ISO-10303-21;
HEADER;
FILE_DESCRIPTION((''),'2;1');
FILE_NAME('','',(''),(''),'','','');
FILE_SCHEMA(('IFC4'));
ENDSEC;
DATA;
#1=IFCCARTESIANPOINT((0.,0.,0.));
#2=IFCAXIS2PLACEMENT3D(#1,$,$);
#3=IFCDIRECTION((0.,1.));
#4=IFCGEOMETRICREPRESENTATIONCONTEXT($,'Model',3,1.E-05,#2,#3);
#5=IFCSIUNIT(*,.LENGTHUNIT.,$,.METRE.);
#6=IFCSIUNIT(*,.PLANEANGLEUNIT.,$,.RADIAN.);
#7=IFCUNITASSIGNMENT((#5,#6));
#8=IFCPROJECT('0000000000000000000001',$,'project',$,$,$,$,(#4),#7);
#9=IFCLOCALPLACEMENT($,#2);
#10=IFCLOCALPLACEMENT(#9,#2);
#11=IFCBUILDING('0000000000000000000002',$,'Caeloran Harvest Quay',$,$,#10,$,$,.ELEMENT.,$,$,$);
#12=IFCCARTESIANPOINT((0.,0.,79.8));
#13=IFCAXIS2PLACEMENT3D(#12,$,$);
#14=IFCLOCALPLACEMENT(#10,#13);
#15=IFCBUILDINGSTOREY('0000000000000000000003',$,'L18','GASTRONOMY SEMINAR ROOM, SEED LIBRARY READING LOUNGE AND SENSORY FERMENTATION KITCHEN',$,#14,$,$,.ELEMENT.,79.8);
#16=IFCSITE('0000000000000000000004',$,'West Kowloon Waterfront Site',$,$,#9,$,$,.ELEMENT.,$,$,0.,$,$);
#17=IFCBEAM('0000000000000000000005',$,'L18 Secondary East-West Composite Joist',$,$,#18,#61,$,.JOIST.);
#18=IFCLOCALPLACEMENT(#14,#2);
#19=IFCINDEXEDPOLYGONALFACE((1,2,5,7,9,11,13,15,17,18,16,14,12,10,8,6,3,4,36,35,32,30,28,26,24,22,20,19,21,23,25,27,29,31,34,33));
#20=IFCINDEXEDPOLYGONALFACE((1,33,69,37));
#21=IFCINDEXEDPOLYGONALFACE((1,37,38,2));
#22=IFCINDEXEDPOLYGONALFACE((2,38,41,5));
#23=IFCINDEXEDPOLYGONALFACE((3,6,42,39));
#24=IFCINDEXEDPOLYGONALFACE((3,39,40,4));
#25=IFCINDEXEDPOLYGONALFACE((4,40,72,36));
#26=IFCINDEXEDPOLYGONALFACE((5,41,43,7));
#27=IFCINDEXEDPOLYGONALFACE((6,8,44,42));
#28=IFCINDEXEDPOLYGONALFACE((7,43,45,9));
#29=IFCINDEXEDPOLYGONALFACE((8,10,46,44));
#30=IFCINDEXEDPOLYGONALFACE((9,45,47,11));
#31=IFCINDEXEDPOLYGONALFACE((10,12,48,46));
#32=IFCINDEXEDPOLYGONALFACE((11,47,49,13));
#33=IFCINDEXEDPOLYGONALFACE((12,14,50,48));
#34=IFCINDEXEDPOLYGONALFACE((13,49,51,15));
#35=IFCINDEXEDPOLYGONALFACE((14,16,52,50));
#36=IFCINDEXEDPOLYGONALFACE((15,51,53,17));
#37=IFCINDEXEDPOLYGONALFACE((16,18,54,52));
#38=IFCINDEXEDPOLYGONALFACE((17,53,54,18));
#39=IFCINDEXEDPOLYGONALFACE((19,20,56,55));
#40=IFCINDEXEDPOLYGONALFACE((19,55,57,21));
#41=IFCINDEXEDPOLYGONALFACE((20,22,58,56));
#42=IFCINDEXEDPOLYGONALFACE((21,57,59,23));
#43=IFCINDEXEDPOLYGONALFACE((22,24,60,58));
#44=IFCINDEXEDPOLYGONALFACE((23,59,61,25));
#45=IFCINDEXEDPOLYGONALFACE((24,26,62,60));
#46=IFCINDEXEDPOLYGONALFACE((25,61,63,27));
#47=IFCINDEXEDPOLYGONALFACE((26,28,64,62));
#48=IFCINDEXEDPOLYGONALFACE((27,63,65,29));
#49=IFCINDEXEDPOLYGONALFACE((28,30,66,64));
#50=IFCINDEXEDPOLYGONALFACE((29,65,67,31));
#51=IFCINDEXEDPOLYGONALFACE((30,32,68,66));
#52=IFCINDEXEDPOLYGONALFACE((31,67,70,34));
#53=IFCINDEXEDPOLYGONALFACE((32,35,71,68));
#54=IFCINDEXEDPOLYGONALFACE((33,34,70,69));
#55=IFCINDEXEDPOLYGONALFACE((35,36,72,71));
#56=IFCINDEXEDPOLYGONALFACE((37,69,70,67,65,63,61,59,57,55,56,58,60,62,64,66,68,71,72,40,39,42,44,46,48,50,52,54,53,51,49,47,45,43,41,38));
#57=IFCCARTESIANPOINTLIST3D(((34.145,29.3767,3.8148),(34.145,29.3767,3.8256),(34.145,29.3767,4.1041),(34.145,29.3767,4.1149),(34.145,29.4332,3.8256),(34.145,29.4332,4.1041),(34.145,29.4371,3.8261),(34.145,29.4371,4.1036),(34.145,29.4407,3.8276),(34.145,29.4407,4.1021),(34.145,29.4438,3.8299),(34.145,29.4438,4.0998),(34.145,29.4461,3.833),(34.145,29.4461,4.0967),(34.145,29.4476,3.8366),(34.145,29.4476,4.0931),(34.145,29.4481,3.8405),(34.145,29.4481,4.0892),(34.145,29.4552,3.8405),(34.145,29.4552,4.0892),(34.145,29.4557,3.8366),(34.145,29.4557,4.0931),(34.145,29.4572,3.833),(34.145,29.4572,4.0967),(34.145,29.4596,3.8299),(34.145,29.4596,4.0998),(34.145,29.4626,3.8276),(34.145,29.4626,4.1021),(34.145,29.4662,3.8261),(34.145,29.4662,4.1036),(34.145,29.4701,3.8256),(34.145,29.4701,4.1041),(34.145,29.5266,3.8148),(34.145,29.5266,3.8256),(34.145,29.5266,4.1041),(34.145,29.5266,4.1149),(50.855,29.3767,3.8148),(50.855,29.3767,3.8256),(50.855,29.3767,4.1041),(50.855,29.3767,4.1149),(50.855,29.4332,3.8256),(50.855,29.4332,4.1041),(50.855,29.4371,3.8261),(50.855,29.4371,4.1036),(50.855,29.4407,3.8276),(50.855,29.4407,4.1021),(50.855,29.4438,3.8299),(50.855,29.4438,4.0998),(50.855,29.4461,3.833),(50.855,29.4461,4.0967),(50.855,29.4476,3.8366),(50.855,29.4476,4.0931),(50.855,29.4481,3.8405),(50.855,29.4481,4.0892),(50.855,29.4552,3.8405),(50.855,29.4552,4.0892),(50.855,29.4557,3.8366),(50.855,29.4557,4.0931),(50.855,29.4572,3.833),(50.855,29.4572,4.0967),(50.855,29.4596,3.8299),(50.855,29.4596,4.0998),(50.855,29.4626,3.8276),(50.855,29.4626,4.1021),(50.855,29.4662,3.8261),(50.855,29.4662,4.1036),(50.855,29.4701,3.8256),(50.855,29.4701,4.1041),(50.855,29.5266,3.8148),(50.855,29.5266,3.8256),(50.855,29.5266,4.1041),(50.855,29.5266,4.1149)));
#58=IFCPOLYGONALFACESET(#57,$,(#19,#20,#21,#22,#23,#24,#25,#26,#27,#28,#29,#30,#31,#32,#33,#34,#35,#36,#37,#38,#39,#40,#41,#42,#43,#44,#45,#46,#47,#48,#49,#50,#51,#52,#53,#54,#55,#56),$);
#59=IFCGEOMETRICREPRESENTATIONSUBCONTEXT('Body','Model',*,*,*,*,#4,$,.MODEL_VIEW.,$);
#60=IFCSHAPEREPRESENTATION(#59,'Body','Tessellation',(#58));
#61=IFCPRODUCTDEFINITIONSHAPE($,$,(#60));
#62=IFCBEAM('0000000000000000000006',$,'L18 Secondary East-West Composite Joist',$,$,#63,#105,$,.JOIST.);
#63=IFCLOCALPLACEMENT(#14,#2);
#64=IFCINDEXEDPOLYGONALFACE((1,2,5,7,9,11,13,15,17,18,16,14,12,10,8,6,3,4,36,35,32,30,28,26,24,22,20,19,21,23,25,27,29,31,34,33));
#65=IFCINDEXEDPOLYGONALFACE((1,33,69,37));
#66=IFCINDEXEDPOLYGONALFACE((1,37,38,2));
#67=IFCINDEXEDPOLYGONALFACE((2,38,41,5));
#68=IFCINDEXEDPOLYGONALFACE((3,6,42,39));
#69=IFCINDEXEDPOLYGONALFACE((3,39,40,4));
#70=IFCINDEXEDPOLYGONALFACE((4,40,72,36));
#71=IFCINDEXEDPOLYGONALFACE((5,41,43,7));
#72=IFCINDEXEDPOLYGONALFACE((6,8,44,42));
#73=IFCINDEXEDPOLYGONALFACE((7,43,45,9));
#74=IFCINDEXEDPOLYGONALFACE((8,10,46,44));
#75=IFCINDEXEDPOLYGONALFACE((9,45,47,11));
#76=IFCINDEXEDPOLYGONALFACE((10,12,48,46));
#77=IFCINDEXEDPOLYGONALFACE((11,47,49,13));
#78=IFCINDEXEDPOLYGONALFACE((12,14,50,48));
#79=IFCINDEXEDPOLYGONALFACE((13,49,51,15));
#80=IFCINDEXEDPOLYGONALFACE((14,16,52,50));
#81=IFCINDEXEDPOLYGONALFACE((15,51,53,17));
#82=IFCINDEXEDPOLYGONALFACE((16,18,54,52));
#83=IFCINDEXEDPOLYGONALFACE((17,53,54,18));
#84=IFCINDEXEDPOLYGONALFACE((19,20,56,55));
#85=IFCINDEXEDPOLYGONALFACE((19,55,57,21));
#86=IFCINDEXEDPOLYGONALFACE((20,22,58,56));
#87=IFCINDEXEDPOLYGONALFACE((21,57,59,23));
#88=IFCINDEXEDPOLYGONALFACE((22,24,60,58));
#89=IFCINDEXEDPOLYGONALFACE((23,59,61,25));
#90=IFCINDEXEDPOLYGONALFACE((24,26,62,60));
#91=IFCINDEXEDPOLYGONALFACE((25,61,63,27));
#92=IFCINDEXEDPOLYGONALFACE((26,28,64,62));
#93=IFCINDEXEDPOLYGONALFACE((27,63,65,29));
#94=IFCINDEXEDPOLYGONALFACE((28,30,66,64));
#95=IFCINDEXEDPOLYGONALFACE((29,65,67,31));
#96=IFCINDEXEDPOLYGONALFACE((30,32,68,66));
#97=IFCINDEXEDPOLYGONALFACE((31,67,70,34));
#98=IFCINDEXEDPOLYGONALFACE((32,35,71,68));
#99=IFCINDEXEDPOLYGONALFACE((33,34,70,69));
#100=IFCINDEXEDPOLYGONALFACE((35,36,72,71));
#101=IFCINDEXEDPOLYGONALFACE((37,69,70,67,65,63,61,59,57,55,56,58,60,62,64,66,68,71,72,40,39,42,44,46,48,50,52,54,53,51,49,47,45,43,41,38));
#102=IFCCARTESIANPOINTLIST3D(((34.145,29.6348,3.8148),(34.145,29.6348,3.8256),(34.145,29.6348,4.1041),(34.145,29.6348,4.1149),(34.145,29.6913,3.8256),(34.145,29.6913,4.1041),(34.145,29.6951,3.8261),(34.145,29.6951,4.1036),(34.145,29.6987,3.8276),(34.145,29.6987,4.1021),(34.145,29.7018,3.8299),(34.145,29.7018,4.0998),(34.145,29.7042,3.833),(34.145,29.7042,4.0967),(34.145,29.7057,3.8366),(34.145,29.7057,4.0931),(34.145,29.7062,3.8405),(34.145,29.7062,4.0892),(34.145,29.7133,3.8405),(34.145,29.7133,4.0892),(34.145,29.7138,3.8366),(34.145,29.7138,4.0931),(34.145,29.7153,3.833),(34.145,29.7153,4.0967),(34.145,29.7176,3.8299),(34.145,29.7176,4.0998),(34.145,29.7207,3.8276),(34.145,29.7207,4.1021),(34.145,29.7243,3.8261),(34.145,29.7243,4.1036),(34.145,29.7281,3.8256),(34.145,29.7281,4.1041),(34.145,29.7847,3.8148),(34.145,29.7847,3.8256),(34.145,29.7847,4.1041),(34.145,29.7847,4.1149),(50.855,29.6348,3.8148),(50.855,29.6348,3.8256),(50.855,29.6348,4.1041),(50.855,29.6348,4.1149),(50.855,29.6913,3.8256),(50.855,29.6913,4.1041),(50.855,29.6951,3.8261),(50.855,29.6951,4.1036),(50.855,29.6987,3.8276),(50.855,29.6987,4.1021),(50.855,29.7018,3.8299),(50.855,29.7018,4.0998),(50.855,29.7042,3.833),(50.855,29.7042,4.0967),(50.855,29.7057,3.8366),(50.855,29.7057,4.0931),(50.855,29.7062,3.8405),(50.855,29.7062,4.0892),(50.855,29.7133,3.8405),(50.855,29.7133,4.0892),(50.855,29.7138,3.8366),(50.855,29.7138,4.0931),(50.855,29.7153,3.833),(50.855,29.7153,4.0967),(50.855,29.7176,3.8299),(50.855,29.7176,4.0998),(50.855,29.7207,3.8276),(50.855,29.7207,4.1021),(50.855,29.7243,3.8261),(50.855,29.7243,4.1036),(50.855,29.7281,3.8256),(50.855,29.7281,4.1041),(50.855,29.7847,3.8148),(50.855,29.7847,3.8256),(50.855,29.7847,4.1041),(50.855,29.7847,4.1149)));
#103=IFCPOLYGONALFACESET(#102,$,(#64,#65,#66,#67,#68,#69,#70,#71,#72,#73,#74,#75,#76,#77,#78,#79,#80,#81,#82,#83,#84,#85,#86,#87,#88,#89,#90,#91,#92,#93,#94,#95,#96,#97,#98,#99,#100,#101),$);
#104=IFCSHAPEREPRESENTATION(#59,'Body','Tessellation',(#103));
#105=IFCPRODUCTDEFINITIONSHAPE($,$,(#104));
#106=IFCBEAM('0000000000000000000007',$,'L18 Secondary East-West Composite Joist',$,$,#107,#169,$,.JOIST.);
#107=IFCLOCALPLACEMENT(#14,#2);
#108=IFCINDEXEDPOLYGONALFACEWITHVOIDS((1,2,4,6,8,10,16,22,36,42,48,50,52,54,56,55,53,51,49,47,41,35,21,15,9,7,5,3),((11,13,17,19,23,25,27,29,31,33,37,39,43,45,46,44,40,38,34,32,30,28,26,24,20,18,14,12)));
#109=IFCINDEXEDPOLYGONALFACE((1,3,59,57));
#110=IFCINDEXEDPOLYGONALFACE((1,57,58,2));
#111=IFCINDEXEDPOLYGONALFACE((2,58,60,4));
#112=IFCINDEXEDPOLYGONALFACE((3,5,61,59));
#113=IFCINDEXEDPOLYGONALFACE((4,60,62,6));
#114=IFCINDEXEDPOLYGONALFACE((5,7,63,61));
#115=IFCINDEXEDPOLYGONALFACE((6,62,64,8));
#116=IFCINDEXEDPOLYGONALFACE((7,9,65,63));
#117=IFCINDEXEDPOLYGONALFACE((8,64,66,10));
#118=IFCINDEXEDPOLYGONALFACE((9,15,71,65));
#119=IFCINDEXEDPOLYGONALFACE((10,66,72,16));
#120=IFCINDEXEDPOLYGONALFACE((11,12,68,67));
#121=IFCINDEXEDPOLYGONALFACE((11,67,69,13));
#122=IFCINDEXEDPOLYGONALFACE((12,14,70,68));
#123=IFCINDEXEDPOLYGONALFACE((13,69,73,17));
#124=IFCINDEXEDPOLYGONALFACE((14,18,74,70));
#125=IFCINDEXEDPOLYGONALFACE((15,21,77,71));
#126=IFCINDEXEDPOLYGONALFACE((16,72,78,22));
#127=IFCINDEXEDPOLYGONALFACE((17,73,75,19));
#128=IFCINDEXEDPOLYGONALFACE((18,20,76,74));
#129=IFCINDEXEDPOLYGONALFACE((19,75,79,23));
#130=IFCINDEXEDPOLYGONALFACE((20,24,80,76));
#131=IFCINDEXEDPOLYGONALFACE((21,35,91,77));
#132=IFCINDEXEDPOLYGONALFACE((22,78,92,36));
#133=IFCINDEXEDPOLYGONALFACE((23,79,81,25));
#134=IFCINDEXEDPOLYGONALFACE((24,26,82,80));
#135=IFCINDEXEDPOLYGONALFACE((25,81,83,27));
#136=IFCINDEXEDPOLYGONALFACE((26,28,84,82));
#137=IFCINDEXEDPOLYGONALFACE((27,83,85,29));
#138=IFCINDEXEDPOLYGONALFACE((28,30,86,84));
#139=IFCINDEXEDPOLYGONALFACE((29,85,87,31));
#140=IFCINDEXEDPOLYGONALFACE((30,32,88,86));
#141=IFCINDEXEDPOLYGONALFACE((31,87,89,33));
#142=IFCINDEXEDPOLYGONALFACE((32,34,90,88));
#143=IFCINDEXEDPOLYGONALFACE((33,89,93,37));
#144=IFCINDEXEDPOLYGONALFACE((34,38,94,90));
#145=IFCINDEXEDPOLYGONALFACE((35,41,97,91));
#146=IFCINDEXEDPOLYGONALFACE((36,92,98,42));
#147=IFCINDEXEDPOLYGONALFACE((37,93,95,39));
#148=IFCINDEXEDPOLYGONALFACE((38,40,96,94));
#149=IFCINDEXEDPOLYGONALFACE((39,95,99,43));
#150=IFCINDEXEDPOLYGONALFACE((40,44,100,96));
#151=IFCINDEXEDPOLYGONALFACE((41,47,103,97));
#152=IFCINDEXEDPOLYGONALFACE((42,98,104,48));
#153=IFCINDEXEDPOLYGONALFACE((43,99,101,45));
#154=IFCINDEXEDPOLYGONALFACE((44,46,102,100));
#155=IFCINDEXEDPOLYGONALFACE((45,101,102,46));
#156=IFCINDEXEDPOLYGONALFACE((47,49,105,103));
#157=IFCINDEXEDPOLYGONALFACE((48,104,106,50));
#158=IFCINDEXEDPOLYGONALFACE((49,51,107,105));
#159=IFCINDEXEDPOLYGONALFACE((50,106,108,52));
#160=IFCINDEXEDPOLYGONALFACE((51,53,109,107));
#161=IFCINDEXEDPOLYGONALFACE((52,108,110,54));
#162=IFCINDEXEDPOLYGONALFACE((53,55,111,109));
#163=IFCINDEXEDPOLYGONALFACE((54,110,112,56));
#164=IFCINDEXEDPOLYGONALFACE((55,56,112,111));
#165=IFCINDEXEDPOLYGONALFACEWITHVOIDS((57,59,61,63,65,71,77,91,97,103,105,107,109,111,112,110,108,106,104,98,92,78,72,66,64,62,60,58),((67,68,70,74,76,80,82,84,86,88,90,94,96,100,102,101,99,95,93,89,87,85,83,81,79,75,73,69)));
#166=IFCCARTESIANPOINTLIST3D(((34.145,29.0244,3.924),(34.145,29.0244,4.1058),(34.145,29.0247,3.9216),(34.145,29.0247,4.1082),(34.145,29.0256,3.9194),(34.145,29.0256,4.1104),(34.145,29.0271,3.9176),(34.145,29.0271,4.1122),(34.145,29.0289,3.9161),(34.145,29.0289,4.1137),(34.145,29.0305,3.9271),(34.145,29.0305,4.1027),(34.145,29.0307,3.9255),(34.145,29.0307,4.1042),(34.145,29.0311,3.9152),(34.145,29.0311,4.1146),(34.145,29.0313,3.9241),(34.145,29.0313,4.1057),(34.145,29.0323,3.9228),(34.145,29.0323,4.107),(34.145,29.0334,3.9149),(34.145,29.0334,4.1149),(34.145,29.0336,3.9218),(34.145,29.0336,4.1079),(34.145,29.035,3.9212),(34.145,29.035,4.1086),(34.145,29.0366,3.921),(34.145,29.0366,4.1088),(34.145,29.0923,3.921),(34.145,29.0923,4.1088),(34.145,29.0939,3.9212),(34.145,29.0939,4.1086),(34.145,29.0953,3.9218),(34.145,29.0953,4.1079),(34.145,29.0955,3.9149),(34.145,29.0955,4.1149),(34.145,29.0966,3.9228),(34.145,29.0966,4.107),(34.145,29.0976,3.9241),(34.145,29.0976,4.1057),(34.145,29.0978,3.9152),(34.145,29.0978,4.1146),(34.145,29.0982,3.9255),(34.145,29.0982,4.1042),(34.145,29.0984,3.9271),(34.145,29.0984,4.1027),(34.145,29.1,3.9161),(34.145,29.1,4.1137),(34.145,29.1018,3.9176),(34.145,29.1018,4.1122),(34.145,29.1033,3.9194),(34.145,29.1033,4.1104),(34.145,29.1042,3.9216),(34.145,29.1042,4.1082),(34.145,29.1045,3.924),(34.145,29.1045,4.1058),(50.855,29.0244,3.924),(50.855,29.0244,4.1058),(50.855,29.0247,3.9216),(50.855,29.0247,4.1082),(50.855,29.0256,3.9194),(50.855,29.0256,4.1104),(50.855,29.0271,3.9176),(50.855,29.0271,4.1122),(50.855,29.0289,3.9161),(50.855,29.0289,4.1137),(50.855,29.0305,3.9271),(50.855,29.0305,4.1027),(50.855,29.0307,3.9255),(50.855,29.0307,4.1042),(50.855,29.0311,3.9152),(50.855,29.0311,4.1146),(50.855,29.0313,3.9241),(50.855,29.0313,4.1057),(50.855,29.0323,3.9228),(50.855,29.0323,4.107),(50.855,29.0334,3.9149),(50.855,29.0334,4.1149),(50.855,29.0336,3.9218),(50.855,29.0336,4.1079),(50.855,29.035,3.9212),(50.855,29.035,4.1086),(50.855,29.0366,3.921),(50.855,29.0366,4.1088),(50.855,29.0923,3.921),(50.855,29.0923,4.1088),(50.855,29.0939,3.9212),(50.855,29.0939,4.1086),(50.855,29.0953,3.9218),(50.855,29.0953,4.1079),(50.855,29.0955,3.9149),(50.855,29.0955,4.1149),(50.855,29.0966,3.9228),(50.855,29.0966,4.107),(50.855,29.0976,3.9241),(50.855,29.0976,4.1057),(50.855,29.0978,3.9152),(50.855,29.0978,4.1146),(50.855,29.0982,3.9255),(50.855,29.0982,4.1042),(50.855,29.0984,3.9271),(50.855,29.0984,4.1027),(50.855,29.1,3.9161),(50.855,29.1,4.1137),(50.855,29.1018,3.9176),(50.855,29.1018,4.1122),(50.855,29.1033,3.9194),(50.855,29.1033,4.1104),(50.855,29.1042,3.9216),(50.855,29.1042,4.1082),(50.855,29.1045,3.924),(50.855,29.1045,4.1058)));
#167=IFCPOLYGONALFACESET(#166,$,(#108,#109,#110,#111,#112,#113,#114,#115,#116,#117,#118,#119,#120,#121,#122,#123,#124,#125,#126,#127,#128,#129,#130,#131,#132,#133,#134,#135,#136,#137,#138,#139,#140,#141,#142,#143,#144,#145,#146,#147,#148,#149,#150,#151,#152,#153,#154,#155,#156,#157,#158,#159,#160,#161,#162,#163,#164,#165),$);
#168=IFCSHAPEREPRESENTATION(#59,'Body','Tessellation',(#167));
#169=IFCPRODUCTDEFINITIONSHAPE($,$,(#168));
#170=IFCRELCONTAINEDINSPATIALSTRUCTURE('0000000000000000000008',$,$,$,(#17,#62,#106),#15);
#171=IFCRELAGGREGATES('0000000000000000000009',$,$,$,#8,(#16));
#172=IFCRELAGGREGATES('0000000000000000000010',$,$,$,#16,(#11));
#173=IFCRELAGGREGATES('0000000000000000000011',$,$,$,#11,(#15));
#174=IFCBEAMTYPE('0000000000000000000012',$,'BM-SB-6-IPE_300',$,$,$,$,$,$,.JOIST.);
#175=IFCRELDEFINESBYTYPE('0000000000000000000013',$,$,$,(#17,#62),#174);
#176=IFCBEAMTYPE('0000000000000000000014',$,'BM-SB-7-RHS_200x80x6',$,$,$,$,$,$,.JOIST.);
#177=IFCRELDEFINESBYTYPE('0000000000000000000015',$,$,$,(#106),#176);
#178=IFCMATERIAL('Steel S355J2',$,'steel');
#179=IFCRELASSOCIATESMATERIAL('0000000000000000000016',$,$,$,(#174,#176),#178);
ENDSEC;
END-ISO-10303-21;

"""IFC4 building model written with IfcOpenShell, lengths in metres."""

from ifc_helpers import new_model, si_unit, direction, frame, origin, origin_2d, place, context, subcontext, project, spatial, hollow_rectangle, i_section, extrude, material, material_profile, profile_set, type_object, element, save


model = new_model("IFC4")

# Units and contexts
model_context = context("Model", 3, precision=1e-05, world=origin(), true_north=direction((0.0, 1.0)))
body_context = subcontext(model_context, "Body", "Model", "MODEL_VIEW")
ifc_project = project(units=[si_unit("LENGTHUNIT", "METRE"), si_unit("PLANEANGLEUNIT", "RADIAN")], contexts=[model_context])

# Site, building, storey
site_placement = place(None, origin())
site = spatial("IfcSite", under=ifc_project, at=site_placement, Name="West Kowloon Waterfront Site", CompositionType="ELEMENT", RefElevation=0.0)
building_placement = place(site_placement, origin())
building = spatial("IfcBuilding", under=site, at=building_placement, Name="Caeloran Harvest Quay", CompositionType="ELEMENT")
storey_placement = place(building_placement, frame((0.0, 0.0, 79.8)))
storey = spatial("IfcBuildingStorey", under=building, at=storey_placement, Name="L18", Description="GASTRONOMY SEMINAR ROOM, SEED LIBRARY READING LOUNGE AND SENSORY FERMENTATION KITCHEN", CompositionType="ELEMENT", Elevation=79.8)

# Beams
ifc_material_1 = material(Name="Steel S355J2", Category="steel")
ifc_material_profile_1 = material_profile(ifc_material_1, i_section(OverallWidth=0.1499, OverallDepth=0.3, WebThickness=0.0071, FlangeThickness=0.0107, FilletRadius=0.0149, at=origin_2d()), Name="IPE 300")
ifc_profile_set_1 = profile_set([ifc_material_profile_1], Name="Steel S355J2")
beam_type_1 = type_object("IfcBeamType", Name="BM-SB-6-IPE_300", PredefinedType="JOIST", material=ifc_profile_set_1)
for number, where, z_axis, x_axis, name in (
    (1, (34.145, 29.4517, 3.9648), (1.0, 0.0, 0.0), (0.0, 1.0, 0.0), "L18 Secondary East-West Composite Joist"),
    (2, (34.145, 29.7097, 3.9648), (1.0, 0.0, 0.0), (0.0, 1.0, 0.0), "L18 Secondary East-West Composite Joist"),
):
    element("IfcBeam", number, at=place(storey_placement, frame(where, z_axis=z_axis, x_axis=x_axis)), inside=storey, type_object=beam_type_1, Name=name, PredefinedType="JOIST", context=body_context, shape_type="SweptSolid", body=[
        extrude(i_section(OverallWidth=0.1499, OverallDepth=0.3, WebThickness=0.0071, FlangeThickness=0.0107, FilletRadius=0.0149, at=origin_2d()), origin(), (0.0, 0.0, 1.0), 16.71),
    ])
ifc_material_profile_2 = material_profile(ifc_material_1, hollow_rectangle(XDim=0.0801, YDim=0.2, WallThickness=0.0061, InnerFilletRadius=0.0061, OuterFilletRadius=0.009, at=origin_2d()), Name="RHS 200x80x6")
ifc_profile_set_2 = profile_set([ifc_material_profile_2], Name="Steel S355J2")
beam_type_2 = type_object("IfcBeamType", Name="BM-SB-7-RHS_200x80x6", PredefinedType="JOIST", material=ifc_profile_set_2)
for number, where, z_axis, x_axis, name in (
    (3, (34.145, 29.0645, 4.0149), (1.0, 0.0, 0.0), (0.0, 1.0, 0.0), "L18 Secondary East-West Composite Joist"),
):
    element("IfcBeam", number, at=place(storey_placement, frame(where, z_axis=z_axis, x_axis=x_axis)), inside=storey, type_object=beam_type_2, Name=name, PredefinedType="JOIST", context=body_context, shape_type="SweptSolid", body=[
        extrude(hollow_rectangle(XDim=0.0801, YDim=0.2, WallThickness=0.0061, InnerFilletRadius=0.0061, OuterFilletRadius=0.009, at=origin_2d()), origin(), (0.0, 0.0, 1.0), 16.71),
    ])

save(model, "model.ifc")
